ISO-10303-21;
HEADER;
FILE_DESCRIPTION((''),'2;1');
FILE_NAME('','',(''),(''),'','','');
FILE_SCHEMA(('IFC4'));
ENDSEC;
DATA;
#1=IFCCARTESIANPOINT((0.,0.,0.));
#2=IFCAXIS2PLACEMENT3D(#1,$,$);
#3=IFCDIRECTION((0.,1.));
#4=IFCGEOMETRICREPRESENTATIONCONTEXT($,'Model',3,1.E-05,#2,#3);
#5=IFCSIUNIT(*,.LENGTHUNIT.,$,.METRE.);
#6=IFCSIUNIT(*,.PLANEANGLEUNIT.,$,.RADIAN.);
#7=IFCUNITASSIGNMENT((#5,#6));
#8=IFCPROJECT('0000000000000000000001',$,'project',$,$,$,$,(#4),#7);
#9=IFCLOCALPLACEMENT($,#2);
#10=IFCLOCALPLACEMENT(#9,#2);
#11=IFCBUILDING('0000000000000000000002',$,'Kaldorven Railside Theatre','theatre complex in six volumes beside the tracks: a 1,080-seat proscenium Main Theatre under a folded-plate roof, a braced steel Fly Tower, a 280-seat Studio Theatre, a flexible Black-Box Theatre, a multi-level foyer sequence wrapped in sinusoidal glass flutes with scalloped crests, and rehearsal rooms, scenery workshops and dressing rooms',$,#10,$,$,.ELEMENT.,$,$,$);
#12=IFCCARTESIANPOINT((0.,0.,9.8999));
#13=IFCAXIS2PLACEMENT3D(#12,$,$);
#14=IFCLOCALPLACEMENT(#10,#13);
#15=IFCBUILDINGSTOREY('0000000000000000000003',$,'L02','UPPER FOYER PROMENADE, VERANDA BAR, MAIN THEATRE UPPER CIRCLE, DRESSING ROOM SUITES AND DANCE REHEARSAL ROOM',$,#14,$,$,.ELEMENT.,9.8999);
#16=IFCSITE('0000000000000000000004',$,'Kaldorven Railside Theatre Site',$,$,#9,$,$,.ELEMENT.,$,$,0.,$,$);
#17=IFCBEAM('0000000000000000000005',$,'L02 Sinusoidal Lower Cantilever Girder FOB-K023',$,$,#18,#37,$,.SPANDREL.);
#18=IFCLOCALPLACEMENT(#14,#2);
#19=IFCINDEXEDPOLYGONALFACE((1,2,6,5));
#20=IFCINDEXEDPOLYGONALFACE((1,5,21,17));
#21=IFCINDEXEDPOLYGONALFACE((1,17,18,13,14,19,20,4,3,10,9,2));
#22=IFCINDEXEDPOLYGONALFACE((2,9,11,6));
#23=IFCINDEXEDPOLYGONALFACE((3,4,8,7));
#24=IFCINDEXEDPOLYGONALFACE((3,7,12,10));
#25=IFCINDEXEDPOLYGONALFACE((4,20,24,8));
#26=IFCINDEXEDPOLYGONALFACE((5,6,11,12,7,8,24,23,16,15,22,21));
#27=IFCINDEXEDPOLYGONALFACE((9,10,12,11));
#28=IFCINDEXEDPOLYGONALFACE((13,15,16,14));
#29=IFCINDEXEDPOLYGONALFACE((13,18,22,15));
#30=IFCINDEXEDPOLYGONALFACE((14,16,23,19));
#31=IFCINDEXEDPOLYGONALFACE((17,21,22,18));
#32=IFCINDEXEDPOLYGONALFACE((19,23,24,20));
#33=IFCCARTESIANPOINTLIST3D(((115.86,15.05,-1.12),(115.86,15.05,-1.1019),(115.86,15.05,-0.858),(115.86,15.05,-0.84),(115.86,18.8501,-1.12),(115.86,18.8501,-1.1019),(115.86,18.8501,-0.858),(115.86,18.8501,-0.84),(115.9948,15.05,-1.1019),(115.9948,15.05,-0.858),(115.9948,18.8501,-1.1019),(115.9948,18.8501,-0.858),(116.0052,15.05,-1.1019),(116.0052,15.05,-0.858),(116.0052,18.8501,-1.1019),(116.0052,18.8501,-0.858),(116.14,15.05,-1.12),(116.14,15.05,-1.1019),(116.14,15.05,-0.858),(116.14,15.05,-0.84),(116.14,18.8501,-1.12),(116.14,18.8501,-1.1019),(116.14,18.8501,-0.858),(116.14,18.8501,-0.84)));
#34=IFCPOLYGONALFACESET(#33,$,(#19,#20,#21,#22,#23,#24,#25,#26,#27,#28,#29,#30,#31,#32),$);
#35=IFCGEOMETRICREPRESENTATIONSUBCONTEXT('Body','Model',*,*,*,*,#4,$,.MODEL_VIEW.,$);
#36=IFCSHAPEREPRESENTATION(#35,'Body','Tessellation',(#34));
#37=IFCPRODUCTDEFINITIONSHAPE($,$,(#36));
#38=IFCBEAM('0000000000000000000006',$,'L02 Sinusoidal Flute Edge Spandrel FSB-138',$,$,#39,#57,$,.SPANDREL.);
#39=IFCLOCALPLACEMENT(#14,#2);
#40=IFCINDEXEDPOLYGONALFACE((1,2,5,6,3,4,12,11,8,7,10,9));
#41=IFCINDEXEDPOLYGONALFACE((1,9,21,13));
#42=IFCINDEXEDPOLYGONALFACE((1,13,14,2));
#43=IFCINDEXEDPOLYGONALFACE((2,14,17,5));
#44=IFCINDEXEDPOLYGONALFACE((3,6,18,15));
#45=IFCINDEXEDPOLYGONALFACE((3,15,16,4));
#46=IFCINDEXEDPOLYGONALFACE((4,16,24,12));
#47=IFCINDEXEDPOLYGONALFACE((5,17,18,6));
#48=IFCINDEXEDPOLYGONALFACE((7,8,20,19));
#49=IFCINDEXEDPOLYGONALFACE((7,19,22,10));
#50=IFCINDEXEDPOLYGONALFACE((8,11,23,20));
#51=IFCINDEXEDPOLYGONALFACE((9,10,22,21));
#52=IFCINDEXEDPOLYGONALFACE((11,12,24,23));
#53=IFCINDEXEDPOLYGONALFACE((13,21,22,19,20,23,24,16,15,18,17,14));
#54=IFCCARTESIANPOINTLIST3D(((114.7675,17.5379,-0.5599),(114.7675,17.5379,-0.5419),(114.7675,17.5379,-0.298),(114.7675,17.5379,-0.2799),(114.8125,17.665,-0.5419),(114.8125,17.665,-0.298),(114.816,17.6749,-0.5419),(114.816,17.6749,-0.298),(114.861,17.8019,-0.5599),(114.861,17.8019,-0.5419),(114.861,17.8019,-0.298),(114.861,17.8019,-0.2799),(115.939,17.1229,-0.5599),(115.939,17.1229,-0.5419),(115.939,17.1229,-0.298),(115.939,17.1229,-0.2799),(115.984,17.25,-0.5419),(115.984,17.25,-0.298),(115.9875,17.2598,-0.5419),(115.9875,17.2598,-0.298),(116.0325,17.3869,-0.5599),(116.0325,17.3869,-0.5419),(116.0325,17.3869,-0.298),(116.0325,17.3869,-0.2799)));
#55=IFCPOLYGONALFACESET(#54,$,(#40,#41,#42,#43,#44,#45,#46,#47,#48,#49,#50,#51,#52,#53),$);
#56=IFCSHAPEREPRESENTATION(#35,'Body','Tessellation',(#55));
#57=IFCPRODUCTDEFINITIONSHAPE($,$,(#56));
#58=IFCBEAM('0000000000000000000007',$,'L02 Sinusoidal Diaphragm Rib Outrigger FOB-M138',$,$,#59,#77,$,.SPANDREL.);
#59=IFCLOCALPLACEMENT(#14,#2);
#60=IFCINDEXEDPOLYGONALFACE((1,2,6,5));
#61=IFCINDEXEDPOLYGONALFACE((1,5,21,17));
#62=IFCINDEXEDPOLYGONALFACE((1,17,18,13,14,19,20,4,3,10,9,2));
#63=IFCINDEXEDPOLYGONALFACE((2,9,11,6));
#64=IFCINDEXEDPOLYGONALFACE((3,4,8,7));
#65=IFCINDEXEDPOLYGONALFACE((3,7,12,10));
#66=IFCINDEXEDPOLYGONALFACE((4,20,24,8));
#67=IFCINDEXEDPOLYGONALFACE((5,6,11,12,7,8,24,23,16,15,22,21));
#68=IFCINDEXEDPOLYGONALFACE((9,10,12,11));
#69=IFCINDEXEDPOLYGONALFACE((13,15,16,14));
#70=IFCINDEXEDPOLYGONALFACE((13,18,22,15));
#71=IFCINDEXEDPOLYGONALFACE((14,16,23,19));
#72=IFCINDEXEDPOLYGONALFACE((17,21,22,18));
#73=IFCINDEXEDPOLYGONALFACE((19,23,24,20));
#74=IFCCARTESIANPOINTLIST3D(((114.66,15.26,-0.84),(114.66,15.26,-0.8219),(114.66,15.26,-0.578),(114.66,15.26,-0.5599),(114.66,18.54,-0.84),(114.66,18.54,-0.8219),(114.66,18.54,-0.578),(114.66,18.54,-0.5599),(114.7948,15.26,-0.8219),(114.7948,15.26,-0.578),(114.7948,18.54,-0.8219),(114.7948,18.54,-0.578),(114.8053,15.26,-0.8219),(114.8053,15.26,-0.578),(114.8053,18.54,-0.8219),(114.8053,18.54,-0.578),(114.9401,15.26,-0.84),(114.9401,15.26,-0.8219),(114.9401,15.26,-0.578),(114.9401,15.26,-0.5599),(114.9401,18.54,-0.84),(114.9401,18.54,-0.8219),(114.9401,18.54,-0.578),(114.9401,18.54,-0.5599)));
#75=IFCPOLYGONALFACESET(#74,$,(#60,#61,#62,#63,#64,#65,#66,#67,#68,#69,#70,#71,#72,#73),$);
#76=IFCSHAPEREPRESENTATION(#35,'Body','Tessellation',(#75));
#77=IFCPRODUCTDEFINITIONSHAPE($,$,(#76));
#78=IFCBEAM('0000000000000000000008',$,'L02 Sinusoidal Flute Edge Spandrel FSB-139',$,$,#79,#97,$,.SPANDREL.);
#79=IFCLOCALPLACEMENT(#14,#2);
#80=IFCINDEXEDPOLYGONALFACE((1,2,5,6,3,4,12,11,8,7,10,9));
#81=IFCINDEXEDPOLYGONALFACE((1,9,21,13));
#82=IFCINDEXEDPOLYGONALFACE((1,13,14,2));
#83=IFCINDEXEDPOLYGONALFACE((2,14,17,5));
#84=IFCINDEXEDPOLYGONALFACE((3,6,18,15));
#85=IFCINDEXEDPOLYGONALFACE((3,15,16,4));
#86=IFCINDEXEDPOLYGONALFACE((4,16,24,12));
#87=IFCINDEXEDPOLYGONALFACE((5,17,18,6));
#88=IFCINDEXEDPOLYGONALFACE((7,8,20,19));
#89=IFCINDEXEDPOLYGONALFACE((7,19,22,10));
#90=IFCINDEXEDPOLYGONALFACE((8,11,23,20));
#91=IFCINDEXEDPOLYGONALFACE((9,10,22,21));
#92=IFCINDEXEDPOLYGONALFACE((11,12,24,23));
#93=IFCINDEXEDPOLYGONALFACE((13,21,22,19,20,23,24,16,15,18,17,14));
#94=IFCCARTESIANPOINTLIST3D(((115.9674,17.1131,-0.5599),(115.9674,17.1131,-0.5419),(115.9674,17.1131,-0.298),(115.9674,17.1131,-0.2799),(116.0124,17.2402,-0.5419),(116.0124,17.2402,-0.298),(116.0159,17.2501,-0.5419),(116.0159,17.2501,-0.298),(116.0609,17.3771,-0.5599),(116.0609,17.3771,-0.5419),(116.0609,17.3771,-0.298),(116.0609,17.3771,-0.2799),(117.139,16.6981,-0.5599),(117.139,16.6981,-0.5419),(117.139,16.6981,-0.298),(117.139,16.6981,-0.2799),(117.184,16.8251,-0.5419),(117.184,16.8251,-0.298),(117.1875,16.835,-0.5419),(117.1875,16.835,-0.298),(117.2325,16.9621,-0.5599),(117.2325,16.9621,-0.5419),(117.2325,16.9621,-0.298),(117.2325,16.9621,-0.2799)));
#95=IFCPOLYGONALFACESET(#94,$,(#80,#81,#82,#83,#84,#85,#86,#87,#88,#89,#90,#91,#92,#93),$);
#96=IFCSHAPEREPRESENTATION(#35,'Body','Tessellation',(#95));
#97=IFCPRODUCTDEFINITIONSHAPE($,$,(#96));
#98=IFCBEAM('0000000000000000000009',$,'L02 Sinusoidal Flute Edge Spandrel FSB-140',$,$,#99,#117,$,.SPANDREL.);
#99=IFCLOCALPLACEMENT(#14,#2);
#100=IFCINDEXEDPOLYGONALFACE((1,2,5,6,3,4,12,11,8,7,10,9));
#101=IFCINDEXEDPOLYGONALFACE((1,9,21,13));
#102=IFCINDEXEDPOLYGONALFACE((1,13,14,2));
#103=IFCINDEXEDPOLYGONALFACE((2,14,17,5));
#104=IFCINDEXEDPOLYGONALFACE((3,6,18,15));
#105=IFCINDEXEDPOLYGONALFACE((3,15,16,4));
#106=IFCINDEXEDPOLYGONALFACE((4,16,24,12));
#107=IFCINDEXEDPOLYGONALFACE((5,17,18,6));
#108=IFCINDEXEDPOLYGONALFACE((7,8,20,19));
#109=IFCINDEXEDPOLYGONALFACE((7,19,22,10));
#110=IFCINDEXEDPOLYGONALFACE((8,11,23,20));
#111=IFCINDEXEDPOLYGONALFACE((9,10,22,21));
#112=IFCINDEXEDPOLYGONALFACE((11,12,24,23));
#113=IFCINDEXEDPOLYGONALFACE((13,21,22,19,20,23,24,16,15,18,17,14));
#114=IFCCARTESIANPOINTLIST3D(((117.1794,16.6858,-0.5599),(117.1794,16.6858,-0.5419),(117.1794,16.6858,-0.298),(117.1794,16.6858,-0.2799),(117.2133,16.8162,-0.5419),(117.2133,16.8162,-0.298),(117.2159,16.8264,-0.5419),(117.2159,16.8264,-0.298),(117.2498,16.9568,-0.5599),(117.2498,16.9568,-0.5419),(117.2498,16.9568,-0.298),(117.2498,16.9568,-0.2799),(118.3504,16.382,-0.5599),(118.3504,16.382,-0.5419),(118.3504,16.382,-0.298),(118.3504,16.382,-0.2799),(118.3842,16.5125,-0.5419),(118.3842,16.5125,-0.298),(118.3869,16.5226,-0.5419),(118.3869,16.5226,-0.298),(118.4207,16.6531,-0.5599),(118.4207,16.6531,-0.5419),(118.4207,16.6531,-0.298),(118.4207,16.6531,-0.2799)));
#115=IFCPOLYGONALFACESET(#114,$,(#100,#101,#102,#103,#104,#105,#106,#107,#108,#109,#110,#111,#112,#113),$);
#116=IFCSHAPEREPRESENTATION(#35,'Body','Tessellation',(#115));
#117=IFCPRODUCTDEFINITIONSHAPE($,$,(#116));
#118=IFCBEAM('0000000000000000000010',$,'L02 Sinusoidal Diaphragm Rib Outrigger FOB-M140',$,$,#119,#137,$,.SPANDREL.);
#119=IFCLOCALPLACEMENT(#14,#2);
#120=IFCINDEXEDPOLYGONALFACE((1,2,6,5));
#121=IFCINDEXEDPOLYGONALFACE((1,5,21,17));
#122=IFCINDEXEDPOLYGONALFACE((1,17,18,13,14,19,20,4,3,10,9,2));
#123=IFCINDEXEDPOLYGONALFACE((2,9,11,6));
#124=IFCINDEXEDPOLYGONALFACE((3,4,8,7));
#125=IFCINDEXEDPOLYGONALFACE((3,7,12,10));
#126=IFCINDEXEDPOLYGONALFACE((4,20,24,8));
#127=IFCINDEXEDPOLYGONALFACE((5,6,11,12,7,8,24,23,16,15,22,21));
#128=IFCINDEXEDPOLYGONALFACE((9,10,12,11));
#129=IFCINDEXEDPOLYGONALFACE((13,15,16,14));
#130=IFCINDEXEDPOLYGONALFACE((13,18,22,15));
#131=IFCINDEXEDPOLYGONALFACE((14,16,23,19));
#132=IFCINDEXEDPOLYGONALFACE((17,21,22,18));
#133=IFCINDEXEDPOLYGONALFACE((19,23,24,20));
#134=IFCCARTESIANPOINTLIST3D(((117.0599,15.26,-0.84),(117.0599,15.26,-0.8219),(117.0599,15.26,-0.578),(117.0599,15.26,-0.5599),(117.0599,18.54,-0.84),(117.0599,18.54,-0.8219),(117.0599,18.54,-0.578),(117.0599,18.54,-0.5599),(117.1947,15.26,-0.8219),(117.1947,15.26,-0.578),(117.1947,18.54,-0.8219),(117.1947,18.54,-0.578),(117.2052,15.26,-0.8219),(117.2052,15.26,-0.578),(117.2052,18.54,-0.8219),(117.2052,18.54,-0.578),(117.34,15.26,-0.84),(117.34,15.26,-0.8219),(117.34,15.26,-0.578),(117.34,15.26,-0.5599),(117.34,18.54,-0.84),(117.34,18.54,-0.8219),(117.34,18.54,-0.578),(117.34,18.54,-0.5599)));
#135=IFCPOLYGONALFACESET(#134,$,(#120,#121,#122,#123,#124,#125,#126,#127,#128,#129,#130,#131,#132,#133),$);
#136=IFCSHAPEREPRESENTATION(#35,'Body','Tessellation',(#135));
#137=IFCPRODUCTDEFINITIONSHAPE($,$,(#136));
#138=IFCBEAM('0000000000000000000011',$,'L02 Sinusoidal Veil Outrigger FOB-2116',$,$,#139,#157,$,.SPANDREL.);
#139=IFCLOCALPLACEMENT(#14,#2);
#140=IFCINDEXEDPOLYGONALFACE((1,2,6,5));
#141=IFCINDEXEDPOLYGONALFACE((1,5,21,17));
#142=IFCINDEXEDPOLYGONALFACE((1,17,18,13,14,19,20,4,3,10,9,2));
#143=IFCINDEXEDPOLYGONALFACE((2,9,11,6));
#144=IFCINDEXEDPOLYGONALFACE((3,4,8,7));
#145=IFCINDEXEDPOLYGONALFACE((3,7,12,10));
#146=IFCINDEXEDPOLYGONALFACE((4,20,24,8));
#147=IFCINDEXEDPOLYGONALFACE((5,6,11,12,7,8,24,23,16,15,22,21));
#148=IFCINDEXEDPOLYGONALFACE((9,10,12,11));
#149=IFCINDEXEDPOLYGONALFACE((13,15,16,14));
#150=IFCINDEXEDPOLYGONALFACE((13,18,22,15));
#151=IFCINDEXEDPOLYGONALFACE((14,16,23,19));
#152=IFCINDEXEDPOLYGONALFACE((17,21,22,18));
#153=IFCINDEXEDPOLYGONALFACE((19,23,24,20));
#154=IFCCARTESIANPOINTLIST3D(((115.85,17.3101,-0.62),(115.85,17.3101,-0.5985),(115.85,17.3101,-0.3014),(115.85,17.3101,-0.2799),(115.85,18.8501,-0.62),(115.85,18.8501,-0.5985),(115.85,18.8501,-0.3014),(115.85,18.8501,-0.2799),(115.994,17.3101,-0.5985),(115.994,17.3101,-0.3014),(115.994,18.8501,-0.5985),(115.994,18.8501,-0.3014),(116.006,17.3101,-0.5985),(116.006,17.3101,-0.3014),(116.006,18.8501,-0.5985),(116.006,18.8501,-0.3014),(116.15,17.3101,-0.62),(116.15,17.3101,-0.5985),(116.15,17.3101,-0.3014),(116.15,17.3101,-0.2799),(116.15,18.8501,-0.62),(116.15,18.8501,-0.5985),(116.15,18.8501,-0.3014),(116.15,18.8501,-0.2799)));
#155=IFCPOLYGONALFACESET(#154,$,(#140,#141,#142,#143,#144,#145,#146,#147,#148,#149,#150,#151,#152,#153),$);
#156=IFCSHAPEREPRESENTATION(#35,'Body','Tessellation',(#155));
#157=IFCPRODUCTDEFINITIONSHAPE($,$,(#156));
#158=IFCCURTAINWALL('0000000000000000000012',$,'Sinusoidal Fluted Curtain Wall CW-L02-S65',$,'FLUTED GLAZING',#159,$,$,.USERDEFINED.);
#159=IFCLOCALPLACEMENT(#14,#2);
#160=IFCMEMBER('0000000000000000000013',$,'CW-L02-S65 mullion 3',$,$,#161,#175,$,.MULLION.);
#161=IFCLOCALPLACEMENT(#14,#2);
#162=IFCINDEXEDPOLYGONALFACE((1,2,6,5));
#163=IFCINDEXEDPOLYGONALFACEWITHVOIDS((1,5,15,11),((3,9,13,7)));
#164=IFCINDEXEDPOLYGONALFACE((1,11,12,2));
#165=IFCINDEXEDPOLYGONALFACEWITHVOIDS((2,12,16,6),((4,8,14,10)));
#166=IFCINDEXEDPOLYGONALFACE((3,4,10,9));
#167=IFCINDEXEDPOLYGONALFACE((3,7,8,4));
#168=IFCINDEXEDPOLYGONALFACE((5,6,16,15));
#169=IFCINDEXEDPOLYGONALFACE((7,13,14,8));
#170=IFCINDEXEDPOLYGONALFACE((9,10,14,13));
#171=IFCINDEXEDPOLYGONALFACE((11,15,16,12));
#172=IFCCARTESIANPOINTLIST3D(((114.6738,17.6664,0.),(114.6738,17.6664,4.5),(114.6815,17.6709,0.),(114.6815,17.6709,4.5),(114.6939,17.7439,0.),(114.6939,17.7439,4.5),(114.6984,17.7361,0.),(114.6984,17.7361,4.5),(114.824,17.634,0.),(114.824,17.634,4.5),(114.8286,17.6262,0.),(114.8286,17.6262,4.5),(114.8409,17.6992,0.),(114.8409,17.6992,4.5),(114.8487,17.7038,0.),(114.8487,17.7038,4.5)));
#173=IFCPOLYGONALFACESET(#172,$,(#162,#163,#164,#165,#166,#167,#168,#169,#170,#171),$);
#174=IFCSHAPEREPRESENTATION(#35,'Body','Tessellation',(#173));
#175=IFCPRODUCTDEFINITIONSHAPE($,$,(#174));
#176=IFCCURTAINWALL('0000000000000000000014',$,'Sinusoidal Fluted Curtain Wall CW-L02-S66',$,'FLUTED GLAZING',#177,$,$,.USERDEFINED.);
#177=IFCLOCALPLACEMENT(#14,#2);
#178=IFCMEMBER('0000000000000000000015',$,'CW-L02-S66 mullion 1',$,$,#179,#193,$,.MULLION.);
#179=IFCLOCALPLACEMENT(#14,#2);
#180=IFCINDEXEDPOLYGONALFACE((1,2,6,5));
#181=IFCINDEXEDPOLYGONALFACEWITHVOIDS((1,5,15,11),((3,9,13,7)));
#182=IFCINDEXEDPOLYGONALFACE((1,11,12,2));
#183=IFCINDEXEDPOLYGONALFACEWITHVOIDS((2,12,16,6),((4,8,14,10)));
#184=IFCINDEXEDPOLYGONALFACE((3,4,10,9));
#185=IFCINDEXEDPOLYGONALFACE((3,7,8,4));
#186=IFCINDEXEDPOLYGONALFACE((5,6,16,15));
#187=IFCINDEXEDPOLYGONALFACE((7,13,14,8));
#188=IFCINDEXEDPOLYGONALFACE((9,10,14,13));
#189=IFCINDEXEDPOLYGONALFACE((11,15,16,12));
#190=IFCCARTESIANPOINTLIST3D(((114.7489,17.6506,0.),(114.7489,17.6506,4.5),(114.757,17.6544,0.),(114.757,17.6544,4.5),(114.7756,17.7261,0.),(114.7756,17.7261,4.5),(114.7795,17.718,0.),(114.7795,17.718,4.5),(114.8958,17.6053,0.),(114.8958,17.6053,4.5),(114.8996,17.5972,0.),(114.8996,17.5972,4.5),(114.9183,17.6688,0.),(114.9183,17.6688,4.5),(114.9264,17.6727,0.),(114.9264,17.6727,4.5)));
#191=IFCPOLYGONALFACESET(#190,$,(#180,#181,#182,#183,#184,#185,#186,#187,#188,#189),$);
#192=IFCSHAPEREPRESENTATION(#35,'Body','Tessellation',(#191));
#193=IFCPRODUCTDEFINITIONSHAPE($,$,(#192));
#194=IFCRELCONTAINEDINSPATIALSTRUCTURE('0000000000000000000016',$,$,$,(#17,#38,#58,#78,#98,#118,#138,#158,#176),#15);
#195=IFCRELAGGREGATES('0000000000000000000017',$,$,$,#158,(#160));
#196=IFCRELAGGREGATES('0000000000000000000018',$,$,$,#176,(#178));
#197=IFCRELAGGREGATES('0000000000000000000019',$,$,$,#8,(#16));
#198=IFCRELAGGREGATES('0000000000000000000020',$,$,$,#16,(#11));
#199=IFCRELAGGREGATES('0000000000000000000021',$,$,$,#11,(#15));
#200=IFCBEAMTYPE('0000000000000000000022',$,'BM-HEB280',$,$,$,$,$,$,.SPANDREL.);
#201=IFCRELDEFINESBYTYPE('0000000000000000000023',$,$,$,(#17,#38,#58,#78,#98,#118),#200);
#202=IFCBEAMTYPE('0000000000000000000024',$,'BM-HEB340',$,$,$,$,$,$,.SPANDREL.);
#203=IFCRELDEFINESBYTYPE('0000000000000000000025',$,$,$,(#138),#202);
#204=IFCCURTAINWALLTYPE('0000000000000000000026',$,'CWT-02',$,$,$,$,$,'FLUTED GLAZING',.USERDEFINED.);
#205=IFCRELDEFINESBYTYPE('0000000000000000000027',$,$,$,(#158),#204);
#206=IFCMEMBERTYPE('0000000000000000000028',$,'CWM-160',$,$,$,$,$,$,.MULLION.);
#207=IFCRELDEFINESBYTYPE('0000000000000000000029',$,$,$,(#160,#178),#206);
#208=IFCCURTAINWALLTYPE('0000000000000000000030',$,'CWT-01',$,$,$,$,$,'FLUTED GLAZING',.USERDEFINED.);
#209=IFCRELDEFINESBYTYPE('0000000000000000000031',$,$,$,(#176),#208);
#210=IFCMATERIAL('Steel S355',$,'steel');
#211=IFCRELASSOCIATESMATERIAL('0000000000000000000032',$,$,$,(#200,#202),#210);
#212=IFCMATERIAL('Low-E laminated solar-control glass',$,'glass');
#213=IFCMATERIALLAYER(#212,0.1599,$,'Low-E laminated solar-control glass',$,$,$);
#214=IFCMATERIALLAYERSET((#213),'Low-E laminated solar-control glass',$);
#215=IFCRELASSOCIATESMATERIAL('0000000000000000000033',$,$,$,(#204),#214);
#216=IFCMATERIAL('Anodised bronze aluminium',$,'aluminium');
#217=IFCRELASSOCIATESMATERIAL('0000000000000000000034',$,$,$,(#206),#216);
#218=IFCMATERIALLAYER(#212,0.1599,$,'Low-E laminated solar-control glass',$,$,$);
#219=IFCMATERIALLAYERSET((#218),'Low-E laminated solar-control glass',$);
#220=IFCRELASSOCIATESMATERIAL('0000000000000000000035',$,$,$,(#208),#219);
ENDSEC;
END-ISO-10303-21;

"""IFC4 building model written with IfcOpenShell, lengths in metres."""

from ifc_helpers import new_model, si_unit, direction, frame, origin, origin_2d, place, context, subcontext, project, spatial, hollow_rectangle, i_section, extrude, material, layer, layer_set, material_profile, profile_set, type_object, element, aggregate, save


model = new_model("IFC4")

# Units and contexts
model_context = context("Model", 3, precision=1e-05, world=origin(), true_north=direction((0.0, 1.0)))
body_context = subcontext(model_context, "Body", "Model", "MODEL_VIEW")
ifc_project = project(units=[si_unit("LENGTHUNIT", "METRE"), si_unit("PLANEANGLEUNIT", "RADIAN")], contexts=[model_context])

# Site, building, storey
site_placement = place(None, origin())
site = spatial("IfcSite", under=ifc_project, at=site_placement, Name="Kaldorven Railside Theatre Site", CompositionType="ELEMENT", RefElevation=0.0)
building_placement = place(site_placement, origin())
building = spatial("IfcBuilding", under=site, at=building_placement, Name="Kaldorven Railside Theatre", Description="theatre complex in six volumes beside the tracks: a 1,080-seat proscenium Main Theatre under a folded-plate roof, a braced steel Fly Tower, a 280-seat Studio Theatre, a flexible Black-Box Theatre, a multi-level foyer sequence wrapped in sinusoidal glass flutes with scalloped crests, and rehearsal rooms, scenery workshops and dressing rooms", CompositionType="ELEMENT")
storey_placement = place(building_placement, frame((0.0, 0.0, 9.8999)))
storey = spatial("IfcBuildingStorey", under=building, at=storey_placement, Name="L02", Description="UPPER FOYER PROMENADE, VERANDA BAR, MAIN THEATRE UPPER CIRCLE, DRESSING ROOM SUITES AND DANCE REHEARSAL ROOM", CompositionType="ELEMENT", Elevation=9.8999)

# Beams
ifc_material_1 = material(Name="Steel S355", Category="steel")
ifc_material_profile_1 = material_profile(ifc_material_1, i_section(OverallWidth=0.28, OverallDepth=0.28, WebThickness=0.0105, FlangeThickness=0.0181, at=origin_2d()), Name="HEB 280")
ifc_profile_set_1 = profile_set([ifc_material_profile_1], Name="Steel S355")
beam_type_1 = type_object("IfcBeamType", Name="BM-HEB280", PredefinedType="SPANDREL", material=ifc_profile_set_1)
beam_1_placement = place(storey_placement, frame((116.0, 15.05, -0.98), z_axis=(0.0, 1.0, 0.0), x_axis=(-1.0, 0.0, 0.0)))
element("IfcBeam", 1, at=beam_1_placement, inside=storey, type_object=beam_type_1, Name="L02 Sinusoidal Lower Cantilever Girder FOB-K023", PredefinedType="SPANDREL", context=body_context, shape_type="SweptSolid", body=[
    extrude(i_section(OverallWidth=0.28, OverallDepth=0.28, WebThickness=0.0105, FlangeThickness=0.0181, at=origin_2d()), origin(), (0.0, 0.0, 1.0), 3.8),
])
beam_2_placement = place(storey_placement, frame((114.8142, 17.6699, -0.4199), z_axis=(0.942605, -0.333909, 0.0), x_axis=(0.333909, 0.942605, 0.0)))
element("IfcBeam", 2, at=beam_2_placement, inside=storey, type_object=beam_type_1, Name="L02 Sinusoidal Flute Edge Spandrel FSB-138", PredefinedType="SPANDREL", context=body_context, shape_type="SweptSolid", body=[
    extrude(i_section(OverallWidth=0.28, OverallDepth=0.28, WebThickness=0.0105, FlangeThickness=0.0181, at=origin_2d()), origin(), (0.0, 0.0, 1.0), 1.2429),
])
beam_3_placement = place(storey_placement, frame((114.8, 15.26, -0.7), z_axis=(0.0, 1.0, 0.0), x_axis=(-1.0, 0.0, 0.0)))
element("IfcBeam", 3, at=beam_3_placement, inside=storey, type_object=beam_type_1, Name="L02 Sinusoidal Diaphragm Rib Outrigger FOB-M138", PredefinedType="SPANDREL", context=body_context, shape_type="SweptSolid", body=[
    extrude(i_section(OverallWidth=0.28, OverallDepth=0.28, WebThickness=0.0105, FlangeThickness=0.0181, at=origin_2d()), origin(), (0.0, 0.0, 1.0), 3.28),
])
beam_4_placement = place(storey_placement, frame((116.0142, 17.2451, -0.4199), z_axis=(0.942605, -0.333909, 0.0), x_axis=(0.333909, 0.942605, 0.0)))
element("IfcBeam", 4, at=beam_4_placement, inside=storey, type_object=beam_type_1, Name="L02 Sinusoidal Flute Edge Spandrel FSB-139", PredefinedType="SPANDREL", context=body_context, shape_type="SweptSolid", body=[
    extrude(i_section(OverallWidth=0.28, OverallDepth=0.28, WebThickness=0.0105, FlangeThickness=0.0181, at=origin_2d()), origin(), (0.0, 0.0, 1.0), 1.2429),
])
beam_5_placement = place(storey_placement, frame((117.2146, 16.8213, -0.4199), z_axis=(0.967968, -0.251074, 0.0), x_axis=(0.251074, 0.967968, 0.0)))
element("IfcBeam", 5, at=beam_5_placement, inside=storey, type_object=beam_type_1, Name="L02 Sinusoidal Flute Edge Spandrel FSB-140", PredefinedType="SPANDREL", context=body_context, shape_type="SweptSolid", body=[
    extrude(i_section(OverallWidth=0.28, OverallDepth=0.28, WebThickness=0.0105, FlangeThickness=0.0181, at=origin_2d()), origin(), (0.0, 0.0, 1.0), 1.2097),
])
beam_6_placement = place(storey_placement, frame((117.2, 15.26, -0.7), z_axis=(0.0, 1.0, 0.0), x_axis=(-1.0, 0.0, 0.0)))
element("IfcBeam", 6, at=beam_6_placement, inside=storey, type_object=beam_type_1, Name="L02 Sinusoidal Diaphragm Rib Outrigger FOB-M140", PredefinedType="SPANDREL", context=body_context, shape_type="SweptSolid", body=[
    extrude(i_section(OverallWidth=0.28, OverallDepth=0.28, WebThickness=0.0105, FlangeThickness=0.0181, at=origin_2d()), origin(), (0.0, 0.0, 1.0), 3.28),
])
ifc_material_profile_2 = material_profile(ifc_material_1, i_section(OverallWidth=0.3, OverallDepth=0.3401, WebThickness=0.012, FlangeThickness=0.0215, at=origin_2d()), Name="HEB 340")
ifc_profile_set_2 = profile_set([ifc_material_profile_2], Name="Steel S355")
beam_type_2 = type_object("IfcBeamType", Name="BM-HEB340", PredefinedType="SPANDREL", material=ifc_profile_set_2)
beam_7_placement = place(storey_placement, frame((116.0, 17.3101, -0.45), z_axis=(0.0, 1.0, 0.0), x_axis=(-1.0, 0.0, 0.0)))
element("IfcBeam", 7, at=beam_7_placement, inside=storey, type_object=beam_type_2, Name="L02 Sinusoidal Veil Outrigger FOB-2116", PredefinedType="SPANDREL", context=body_context, shape_type="SweptSolid", body=[
    extrude(i_section(OverallWidth=0.3, OverallDepth=0.3401, WebThickness=0.012, FlangeThickness=0.0215, at=origin_2d()), origin(), (0.0, 0.0, 1.0), 1.54),
])

# Curtain wall, member
ifc_material_2 = material(Name="Low-E laminated solar-control glass", Category="glass")
ifc_layer_1 = layer(ifc_material_2, 0.1599, Name="Low-E laminated solar-control glass")
ifc_layer_set_1 = layer_set([ifc_layer_1], Name="Low-E laminated solar-control glass")
curtain_wall_type_1 = type_object("IfcCurtainWallType", Name="CWT-02", ElementType="FLUTED GLAZING", PredefinedType="USERDEFINED", material=ifc_layer_set_1)
curtain_wall_1_placement = place(storey_placement, origin())
curtain_wall_1 = element("IfcCurtainWall", 8, at=curtain_wall_1_placement, inside=storey, type_object=curtain_wall_type_1, Name="Sinusoidal Fluted Curtain Wall CW-L02-S65", ObjectType="FLUTED GLAZING", PredefinedType="USERDEFINED")
ifc_material_3 = material(Name="Anodised bronze aluminium", Category="aluminium")
ifc_material_profile_3 = material_profile(ifc_material_3, hollow_rectangle(XDim=0.0801, YDim=0.1599, WallThickness=0.0063, at=origin_2d()), Name="RHS 160x80x6.3")
ifc_profile_set_3 = profile_set([ifc_material_profile_3], Name="Anodised bronze aluminium")
member_type_1 = type_object("IfcMemberType", Name="CWM-160", PredefinedType="MULLION", material=ifc_profile_set_3)
member_1_placement = place(storey_placement, frame((114.7612, 17.6851, 0.0), z_axis=(0.0, 0.0, 1.0), x_axis=(0.250954, 0.967999, 0.0)))
member_1 = element("IfcMember", 9, at=member_1_placement, type_object=member_type_1, Name="CW-L02-S65 mullion 3", PredefinedType="MULLION", context=body_context, shape_type="SweptSolid", body=[
    extrude(hollow_rectangle(XDim=0.0801, YDim=0.1599, WallThickness=0.0063, at=origin_2d()), origin(), (0.0, 0.0, 1.0), 4.5),
])
aggregate(curtain_wall_1, [member_1])

# Curtain wall, member
ifc_layer_2 = layer(ifc_material_2, 0.1599, Name="Low-E laminated solar-control glass")
ifc_layer_set_2 = layer_set([ifc_layer_2], Name="Low-E laminated solar-control glass")
curtain_wall_type_2 = type_object("IfcCurtainWallType", Name="CWT-01", ElementType="FLUTED GLAZING", PredefinedType="USERDEFINED", material=ifc_layer_set_2)
curtain_wall_2_placement = place(storey_placement, origin())
curtain_wall_2 = element("IfcCurtainWall", 10, at=curtain_wall_2_placement, inside=storey, type_object=curtain_wall_type_2, Name="Sinusoidal Fluted Curtain Wall CW-L02-S66", ObjectType="FLUTED GLAZING", PredefinedType="USERDEFINED")
member_2_placement = place(storey_placement, frame((114.8376, 17.6616, 0.0), z_axis=(0.0, 0.0, 1.0), x_axis=(0.333847, 0.942627, 0.0)))
member_2 = element("IfcMember", 11, at=member_2_placement, type_object=member_type_1, Name="CW-L02-S66 mullion 1", PredefinedType="MULLION", context=body_context, shape_type="SweptSolid", body=[
    extrude(hollow_rectangle(XDim=0.0801, YDim=0.1599, WallThickness=0.0063, at=origin_2d()), origin(), (0.0, 0.0, 1.0), 4.5),
])

aggregate(curtain_wall_2, [member_2])

save(model, "model.ifc")
